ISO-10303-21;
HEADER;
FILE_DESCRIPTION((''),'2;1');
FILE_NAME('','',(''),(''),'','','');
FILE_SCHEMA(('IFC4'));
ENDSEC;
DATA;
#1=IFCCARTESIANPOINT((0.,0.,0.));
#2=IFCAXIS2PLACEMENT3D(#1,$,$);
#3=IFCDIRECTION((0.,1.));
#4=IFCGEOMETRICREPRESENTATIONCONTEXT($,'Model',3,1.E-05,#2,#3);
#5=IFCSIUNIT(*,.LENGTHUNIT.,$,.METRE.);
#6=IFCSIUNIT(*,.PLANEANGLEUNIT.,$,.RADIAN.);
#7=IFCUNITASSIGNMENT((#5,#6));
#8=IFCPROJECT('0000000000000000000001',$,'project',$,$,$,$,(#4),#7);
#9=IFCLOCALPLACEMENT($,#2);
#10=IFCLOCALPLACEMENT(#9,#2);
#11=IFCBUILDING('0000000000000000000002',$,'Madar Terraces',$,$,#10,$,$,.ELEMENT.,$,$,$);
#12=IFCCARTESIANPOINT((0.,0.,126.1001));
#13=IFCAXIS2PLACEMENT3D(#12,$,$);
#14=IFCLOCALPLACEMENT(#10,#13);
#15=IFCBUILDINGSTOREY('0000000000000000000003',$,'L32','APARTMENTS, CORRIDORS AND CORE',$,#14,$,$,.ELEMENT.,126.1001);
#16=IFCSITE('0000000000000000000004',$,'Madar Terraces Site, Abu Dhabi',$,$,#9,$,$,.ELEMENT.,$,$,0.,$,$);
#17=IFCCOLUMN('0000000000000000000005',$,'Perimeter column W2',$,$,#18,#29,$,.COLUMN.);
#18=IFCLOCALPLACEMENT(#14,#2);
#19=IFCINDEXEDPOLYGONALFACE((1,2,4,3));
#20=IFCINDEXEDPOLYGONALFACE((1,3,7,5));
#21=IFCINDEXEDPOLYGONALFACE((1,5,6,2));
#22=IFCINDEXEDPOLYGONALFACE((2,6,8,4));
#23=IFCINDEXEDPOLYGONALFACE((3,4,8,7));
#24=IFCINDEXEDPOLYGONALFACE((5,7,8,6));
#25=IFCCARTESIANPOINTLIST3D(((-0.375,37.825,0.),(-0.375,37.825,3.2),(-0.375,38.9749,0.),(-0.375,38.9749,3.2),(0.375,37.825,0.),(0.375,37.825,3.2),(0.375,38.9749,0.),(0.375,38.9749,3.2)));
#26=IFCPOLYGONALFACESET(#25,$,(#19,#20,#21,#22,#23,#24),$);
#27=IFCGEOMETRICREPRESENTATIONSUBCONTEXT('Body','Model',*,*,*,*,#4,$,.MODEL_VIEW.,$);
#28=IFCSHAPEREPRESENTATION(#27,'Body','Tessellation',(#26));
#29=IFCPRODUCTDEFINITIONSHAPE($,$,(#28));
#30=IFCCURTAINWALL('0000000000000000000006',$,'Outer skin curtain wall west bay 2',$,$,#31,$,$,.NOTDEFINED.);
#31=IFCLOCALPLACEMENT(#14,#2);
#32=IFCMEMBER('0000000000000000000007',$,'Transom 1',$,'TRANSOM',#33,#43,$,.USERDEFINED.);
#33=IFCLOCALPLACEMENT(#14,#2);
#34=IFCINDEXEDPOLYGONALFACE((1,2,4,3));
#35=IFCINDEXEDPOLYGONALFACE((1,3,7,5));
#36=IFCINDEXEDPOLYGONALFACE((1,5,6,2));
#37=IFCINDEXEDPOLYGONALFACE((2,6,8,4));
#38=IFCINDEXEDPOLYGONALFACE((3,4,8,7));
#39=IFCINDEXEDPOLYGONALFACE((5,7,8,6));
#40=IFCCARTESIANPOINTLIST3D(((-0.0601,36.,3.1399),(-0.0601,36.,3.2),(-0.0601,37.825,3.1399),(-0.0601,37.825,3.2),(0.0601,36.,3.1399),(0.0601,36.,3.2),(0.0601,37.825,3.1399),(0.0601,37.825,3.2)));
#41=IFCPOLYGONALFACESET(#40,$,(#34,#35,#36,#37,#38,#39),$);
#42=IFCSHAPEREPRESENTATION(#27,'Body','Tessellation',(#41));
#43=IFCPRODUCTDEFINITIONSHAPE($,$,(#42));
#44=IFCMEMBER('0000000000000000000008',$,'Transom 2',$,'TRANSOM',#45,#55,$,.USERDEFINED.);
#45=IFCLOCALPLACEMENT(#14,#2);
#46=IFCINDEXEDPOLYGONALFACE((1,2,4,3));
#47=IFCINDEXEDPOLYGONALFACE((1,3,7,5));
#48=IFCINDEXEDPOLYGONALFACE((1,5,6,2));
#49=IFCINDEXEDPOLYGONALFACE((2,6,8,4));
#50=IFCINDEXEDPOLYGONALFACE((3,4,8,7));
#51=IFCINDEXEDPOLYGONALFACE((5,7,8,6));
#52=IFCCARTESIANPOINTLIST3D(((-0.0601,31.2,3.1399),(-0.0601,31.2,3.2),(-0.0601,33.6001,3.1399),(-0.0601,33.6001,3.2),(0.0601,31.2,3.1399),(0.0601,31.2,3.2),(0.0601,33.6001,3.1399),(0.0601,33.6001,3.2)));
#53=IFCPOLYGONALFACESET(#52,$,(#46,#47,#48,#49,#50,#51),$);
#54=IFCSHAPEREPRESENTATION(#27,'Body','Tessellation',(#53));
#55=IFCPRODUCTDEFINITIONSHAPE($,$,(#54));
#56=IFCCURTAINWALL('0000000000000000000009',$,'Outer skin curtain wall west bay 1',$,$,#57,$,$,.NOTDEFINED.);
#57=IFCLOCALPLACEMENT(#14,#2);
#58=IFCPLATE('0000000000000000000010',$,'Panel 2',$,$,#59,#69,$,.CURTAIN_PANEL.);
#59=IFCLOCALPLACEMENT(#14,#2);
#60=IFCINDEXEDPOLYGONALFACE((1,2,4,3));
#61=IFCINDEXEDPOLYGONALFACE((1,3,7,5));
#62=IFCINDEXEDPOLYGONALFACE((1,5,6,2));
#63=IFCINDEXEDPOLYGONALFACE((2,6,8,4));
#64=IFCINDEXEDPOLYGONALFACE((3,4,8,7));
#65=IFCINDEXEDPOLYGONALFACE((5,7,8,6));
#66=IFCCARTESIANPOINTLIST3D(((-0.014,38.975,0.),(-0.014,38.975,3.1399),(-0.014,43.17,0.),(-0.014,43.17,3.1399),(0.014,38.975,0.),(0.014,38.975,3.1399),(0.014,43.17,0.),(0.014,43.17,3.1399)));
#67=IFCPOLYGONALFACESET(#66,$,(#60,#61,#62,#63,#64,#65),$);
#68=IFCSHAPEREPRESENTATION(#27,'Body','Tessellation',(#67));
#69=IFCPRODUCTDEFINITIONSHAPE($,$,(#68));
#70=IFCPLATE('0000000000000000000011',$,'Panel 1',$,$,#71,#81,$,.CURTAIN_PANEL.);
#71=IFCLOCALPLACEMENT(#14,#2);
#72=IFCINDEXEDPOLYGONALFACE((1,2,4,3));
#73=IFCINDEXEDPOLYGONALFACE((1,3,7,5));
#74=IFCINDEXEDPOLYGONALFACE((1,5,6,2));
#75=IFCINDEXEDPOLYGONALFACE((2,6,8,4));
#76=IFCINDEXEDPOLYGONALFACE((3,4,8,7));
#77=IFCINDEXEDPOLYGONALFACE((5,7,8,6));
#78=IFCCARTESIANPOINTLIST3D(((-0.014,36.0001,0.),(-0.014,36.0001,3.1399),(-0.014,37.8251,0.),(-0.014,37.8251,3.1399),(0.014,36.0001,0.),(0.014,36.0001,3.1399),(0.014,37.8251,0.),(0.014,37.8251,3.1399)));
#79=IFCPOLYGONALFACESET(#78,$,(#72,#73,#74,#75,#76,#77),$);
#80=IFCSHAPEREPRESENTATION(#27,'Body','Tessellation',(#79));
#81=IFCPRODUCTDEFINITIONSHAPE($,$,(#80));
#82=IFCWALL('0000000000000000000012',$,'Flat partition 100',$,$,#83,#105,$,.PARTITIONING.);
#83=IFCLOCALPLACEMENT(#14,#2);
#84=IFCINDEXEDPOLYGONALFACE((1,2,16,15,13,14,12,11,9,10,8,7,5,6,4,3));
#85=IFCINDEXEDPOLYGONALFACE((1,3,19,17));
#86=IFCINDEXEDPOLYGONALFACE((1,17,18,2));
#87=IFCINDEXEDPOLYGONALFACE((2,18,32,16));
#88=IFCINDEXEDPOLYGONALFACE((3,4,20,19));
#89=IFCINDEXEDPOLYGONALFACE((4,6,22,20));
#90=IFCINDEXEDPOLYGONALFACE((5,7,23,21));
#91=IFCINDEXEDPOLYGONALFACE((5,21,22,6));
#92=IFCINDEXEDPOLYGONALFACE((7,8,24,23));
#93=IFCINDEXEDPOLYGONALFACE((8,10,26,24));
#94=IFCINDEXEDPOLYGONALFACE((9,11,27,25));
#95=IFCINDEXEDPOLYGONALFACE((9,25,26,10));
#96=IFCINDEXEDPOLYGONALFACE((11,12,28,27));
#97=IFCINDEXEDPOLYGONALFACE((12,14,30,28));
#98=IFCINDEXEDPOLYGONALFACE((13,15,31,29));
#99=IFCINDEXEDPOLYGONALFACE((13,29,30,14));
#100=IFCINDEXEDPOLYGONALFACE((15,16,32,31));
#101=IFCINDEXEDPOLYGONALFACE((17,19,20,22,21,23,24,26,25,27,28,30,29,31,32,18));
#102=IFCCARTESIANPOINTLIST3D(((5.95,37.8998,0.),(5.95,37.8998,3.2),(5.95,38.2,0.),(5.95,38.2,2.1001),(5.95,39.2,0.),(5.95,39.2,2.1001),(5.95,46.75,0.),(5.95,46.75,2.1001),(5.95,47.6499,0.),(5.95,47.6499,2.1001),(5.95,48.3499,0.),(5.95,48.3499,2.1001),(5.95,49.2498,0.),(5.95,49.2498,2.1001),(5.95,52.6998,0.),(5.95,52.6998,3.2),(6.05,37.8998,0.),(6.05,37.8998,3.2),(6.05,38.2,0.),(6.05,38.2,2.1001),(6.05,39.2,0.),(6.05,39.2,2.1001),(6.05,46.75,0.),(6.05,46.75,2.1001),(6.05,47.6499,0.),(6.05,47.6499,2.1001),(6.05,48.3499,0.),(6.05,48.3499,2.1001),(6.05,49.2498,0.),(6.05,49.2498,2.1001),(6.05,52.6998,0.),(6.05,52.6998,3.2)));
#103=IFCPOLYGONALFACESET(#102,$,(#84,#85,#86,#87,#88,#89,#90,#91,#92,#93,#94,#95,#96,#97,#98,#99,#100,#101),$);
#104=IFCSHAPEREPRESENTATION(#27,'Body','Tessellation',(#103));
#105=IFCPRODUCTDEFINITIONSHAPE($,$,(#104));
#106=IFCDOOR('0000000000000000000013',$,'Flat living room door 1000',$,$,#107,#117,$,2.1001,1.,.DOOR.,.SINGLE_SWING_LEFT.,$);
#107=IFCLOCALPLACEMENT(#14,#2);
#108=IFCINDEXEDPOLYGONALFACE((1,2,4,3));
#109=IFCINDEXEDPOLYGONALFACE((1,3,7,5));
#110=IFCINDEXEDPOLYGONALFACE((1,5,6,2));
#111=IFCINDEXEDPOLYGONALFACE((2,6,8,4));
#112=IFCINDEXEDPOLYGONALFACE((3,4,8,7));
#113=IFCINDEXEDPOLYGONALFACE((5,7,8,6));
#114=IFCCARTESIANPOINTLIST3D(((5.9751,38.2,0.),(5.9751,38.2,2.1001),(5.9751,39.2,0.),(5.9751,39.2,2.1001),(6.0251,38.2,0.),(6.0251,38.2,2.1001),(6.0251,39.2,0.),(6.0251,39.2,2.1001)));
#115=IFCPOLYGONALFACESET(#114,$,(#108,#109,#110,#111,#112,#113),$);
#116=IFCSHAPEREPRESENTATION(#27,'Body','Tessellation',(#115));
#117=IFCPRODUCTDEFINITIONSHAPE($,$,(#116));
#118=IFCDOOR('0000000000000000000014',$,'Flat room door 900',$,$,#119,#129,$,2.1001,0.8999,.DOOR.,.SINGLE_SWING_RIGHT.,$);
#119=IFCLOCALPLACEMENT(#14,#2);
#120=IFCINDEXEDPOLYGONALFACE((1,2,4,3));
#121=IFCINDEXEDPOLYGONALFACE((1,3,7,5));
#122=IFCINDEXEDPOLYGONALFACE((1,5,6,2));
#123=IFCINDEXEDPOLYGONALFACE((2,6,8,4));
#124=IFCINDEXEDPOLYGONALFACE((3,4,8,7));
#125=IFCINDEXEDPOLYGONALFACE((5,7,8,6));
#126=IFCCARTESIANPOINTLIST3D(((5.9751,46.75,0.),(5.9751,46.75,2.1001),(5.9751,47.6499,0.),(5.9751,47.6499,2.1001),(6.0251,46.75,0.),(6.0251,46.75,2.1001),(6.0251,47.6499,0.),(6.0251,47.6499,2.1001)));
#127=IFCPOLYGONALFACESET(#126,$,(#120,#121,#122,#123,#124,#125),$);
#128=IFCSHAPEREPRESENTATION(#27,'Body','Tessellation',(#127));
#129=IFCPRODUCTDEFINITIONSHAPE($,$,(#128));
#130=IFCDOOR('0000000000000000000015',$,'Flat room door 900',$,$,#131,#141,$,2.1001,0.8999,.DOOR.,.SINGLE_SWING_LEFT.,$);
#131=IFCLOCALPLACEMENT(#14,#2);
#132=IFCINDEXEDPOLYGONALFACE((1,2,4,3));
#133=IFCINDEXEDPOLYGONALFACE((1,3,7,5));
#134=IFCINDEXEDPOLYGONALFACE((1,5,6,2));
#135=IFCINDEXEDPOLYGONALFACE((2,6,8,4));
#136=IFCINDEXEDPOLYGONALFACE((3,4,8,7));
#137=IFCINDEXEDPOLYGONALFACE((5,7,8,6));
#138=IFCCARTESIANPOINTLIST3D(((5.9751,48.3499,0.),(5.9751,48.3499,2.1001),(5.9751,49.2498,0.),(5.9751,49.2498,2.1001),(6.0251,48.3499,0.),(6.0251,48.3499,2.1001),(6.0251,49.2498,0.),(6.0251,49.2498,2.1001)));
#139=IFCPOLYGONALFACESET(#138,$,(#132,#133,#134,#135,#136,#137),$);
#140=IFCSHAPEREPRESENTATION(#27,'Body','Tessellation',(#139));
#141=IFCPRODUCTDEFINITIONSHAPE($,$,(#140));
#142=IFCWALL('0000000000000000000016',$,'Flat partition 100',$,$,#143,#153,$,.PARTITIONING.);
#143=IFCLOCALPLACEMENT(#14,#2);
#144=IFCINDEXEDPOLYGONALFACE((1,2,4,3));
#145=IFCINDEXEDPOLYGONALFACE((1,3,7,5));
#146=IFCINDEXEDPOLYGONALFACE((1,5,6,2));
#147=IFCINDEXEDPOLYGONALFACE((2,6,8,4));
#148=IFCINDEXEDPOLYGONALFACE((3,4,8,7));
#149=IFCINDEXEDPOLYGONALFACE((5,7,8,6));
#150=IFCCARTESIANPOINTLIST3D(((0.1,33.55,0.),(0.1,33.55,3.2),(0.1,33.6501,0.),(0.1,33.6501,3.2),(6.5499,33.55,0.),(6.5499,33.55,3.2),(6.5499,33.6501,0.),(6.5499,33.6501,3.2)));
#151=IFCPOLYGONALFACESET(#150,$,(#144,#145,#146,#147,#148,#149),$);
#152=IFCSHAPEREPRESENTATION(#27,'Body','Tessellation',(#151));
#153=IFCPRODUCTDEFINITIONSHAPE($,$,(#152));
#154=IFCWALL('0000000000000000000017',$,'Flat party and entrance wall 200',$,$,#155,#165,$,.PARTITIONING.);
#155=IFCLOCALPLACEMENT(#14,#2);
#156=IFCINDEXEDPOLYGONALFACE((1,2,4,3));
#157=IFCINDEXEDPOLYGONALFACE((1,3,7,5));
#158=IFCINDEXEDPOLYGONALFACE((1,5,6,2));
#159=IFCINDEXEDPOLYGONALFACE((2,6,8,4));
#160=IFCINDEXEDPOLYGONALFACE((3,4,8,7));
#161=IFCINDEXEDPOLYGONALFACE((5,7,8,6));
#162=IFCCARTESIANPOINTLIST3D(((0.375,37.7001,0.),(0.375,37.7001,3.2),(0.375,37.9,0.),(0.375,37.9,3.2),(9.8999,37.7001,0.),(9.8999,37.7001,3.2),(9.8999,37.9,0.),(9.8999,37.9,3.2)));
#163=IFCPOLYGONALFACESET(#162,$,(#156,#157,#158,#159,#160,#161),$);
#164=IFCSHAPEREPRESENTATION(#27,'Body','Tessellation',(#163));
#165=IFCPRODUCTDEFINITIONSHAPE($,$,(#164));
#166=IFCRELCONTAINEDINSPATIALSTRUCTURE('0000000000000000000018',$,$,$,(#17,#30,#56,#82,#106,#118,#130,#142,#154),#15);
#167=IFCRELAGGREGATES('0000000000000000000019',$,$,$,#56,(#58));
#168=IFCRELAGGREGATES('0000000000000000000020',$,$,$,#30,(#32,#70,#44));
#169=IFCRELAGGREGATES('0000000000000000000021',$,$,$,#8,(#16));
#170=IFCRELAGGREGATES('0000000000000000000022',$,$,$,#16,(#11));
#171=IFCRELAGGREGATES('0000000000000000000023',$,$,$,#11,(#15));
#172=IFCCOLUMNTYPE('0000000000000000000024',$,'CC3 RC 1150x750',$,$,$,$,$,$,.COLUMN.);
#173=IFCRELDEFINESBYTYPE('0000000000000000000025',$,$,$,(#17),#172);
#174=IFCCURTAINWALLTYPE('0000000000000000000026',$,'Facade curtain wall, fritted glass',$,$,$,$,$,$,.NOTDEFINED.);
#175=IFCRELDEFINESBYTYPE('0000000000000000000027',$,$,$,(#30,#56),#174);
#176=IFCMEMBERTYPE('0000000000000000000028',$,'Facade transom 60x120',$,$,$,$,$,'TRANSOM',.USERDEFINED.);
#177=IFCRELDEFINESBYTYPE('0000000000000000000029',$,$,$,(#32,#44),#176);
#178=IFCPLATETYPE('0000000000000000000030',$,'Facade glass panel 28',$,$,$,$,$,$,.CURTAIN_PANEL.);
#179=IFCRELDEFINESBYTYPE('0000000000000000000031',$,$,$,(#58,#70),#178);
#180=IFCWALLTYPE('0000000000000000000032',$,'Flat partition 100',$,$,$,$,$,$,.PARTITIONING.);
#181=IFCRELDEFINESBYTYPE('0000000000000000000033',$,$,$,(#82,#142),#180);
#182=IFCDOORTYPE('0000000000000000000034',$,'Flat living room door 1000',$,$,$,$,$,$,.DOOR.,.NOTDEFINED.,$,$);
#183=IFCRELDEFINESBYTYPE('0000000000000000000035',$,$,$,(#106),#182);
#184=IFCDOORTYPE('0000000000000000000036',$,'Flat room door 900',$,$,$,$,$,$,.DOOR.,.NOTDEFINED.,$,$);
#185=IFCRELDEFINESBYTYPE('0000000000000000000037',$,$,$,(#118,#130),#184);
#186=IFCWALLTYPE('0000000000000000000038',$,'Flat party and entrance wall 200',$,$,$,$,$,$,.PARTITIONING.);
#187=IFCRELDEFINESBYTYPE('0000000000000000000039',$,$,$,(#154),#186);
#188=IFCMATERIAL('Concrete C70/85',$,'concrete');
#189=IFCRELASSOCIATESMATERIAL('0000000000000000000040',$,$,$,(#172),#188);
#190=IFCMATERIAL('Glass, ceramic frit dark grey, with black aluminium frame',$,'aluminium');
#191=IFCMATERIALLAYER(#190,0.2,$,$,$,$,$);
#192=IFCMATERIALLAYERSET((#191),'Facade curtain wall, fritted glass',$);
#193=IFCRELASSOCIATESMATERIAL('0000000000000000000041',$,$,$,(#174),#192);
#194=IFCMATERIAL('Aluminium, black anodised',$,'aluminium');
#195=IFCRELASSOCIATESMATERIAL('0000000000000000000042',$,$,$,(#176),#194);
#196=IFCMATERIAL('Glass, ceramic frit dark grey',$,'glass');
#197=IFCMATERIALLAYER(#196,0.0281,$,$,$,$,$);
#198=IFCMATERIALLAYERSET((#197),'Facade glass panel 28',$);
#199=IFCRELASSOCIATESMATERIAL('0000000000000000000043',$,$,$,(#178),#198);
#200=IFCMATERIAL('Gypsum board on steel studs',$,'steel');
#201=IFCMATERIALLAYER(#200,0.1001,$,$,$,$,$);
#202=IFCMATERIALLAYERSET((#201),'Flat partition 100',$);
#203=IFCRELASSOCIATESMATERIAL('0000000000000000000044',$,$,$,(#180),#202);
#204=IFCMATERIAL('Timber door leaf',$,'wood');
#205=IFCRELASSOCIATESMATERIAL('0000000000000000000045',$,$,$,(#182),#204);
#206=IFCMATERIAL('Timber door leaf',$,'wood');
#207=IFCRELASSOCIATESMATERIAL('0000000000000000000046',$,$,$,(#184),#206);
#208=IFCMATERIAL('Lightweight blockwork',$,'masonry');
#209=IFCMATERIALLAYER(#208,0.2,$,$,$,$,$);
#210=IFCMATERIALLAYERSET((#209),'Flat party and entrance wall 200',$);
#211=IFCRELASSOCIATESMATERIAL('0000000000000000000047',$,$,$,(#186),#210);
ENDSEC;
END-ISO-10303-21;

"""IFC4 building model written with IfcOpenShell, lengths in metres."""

from ifc_helpers import new_model, si_unit, direction, frame, frame_2d, origin, origin_2d, place, context, subcontext, project, spatial, rectangle, extrude, material, layer, layer_set, material_profile, profile_set, type_object, element, fill, aggregate, save


model = new_model("IFC4")

# Units and contexts
model_context = context("Model", 3, precision=1e-05, world=origin(), true_north=direction((0.0, 1.0)))
body_context = subcontext(model_context, "Body", "Model", "MODEL_VIEW")
ifc_project = project(units=[si_unit("LENGTHUNIT", "METRE"), si_unit("PLANEANGLEUNIT", "RADIAN")], contexts=[model_context])

# Site, building, storey
site_placement = place(None, origin())
site = spatial("IfcSite", under=ifc_project, at=site_placement, Name="Madar Terraces Site, Abu Dhabi", CompositionType="ELEMENT", RefElevation=0.0)
building_placement = place(site_placement, origin())
building = spatial("IfcBuilding", under=site, at=building_placement, Name="Madar Terraces", CompositionType="ELEMENT")
storey_placement = place(building_placement, frame((0.0, 0.0, 126.1001)))
storey = spatial("IfcBuildingStorey", under=building, at=storey_placement, Name="L32", Description="APARTMENTS, CORRIDORS AND CORE", CompositionType="ELEMENT", Elevation=126.1001)

# Column
ifc_material_1 = material(Name="Concrete C70/85", Category="concrete")
ifc_material_profile_1 = material_profile(ifc_material_1, rectangle(XDim=1.1499, YDim=0.75, at=origin_2d()), Name="CC3 RC 1150x750")
ifc_profile_set_1 = profile_set([ifc_material_profile_1], Name="Concrete C70/85")
column_type = type_object("IfcColumnType", Name="CC3 RC 1150x750", PredefinedType="COLUMN", material=ifc_profile_set_1)
column_placement = place(storey_placement, frame((0.0, 38.3999, 0.0), z_axis=(0.0, 0.0, 1.0), x_axis=(0.0, 1.0, 0.0)))
element("IfcColumn", 1, at=column_placement, inside=storey, type_object=column_type, Name="Perimeter column W2", PredefinedType="COLUMN", context=body_context, shape_type="SweptSolid", body=[
    extrude(rectangle(XDim=1.1499, YDim=0.75, at=origin_2d()), origin(), (0.0, 0.0, 1.0), 3.2),
])

# Curtain wall, members
ifc_material_2 = material(Name="Glass, ceramic frit dark grey, with black aluminium frame", Category="aluminium")
ifc_layer_1 = layer(ifc_material_2, 0.2)
ifc_layer_set_1 = layer_set([ifc_layer_1], Name="Facade curtain wall, fritted glass")
curtain_wall_type = type_object("IfcCurtainWallType", Name="Facade curtain wall, fritted glass", PredefinedType="NOTDEFINED", material=ifc_layer_set_1)
curtain_wall_1_placement = place(storey_placement, origin())
curtain_wall_1 = element("IfcCurtainWall", 2, at=curtain_wall_1_placement, inside=storey, type_object=curtain_wall_type, Name="Outer skin curtain wall west bay 2", PredefinedType="NOTDEFINED")
ifc_material_3 = material(Name="Aluminium, black anodised", Category="aluminium")
ifc_material_profile_2 = material_profile(ifc_material_3, rectangle(XDim=0.1201, YDim=0.0601, at=origin_2d()), Name="Facade transom 60x120")
ifc_profile_set_2 = profile_set([ifc_material_profile_2], Name="Aluminium, black anodised")
member_type = type_object("IfcMemberType", Name="Facade transom 60x120", ElementType="TRANSOM", PredefinedType="USERDEFINED", material=ifc_profile_set_2)
member_1_placement = place(storey_placement, frame((0.0, 37.825, 3.1699), z_axis=(0.0, -1.0, 0.0), x_axis=(1.0, 0.0, 0.0)))
member_1 = element("IfcMember", 3, at=member_1_placement, type_object=member_type, Name="Transom 1", ObjectType="TRANSOM", PredefinedType="USERDEFINED", context=body_context, shape_type="SweptSolid", body=[
    extrude(rectangle(XDim=0.1201, YDim=0.0601, at=origin_2d()), origin(), (0.0, 0.0, 1.0), 1.825),
])
member_2_placement = place(storey_placement, frame((0.0, 33.6001, 3.1699), z_axis=(0.0, -1.0, 0.0), x_axis=(1.0, 0.0, 0.0)))
member_2 = element("IfcMember", 4, at=member_2_placement, type_object=member_type, Name="Transom 2", ObjectType="TRANSOM", PredefinedType="USERDEFINED", context=body_context, shape_type="SweptSolid", body=[
    extrude(rectangle(XDim=0.1201, YDim=0.0601, at=origin_2d()), origin(), (0.0, 0.0, 1.0), 2.4001),
])

# Curtain wall, plate
curtain_wall_2_placement = place(storey_placement, origin())
curtain_wall_2 = element("IfcCurtainWall", 5, at=curtain_wall_2_placement, inside=storey, type_object=curtain_wall_type, Name="Outer skin curtain wall west bay 1", PredefinedType="NOTDEFINED")
ifc_material_4 = material(Name="Glass, ceramic frit dark grey", Category="glass")
ifc_layer_2 = layer(ifc_material_4, 0.0281)
ifc_layer_set_2 = layer_set([ifc_layer_2], Name="Facade glass panel 28")
plate_type = type_object("IfcPlateType", Name="Facade glass panel 28", PredefinedType="CURTAIN_PANEL", material=ifc_layer_set_2)
plate_1_placement = place(storey_placement, frame((0.0, 41.0725, 0.0), z_axis=(0.0, 0.0, 1.0), x_axis=(0.0, -1.0, 0.0)))
plate_1 = element("IfcPlate", 6, at=plate_1_placement, type_object=plate_type, Name="Panel 2", PredefinedType="CURTAIN_PANEL", context=body_context, shape_type="SweptSolid", body=[
    extrude(rectangle(XDim=4.1951, YDim=0.0281, at=origin_2d()), origin(), (0.0, 0.0, 1.0), 3.1399),
])
aggregate(curtain_wall_2, [plate_1])

# Plate
plate_2_placement = place(storey_placement, frame((0.0, 36.9126, 0.0), z_axis=(0.0, 0.0, 1.0), x_axis=(0.0, -1.0, 0.0)))
plate_2 = element("IfcPlate", 7, at=plate_2_placement, type_object=plate_type, Name="Panel 1", PredefinedType="CURTAIN_PANEL", context=body_context, shape_type="SweptSolid", body=[
    extrude(rectangle(XDim=1.825, YDim=0.0281, at=origin_2d()), origin(), (0.0, 0.0, 1.0), 3.1399),
])
aggregate(curtain_wall_1, [member_1, plate_2, member_2])

# Wall, openings, doors
ifc_material_5 = material(Name="Gypsum board on steel studs", Category="steel")
ifc_layer_3 = layer(ifc_material_5, 0.1001)
ifc_layer_set_3 = layer_set([ifc_layer_3], Name="Flat partition 100")
wall_type_1 = type_object("IfcWallType", Name="Flat partition 100", PredefinedType="PARTITIONING", material=ifc_layer_set_3)
wall_1_placement = place(storey_placement, frame((6.0, 37.8999, 0.0), z_axis=(0.0, 0.0, 1.0), x_axis=(0.0, 1.0, 0.0)))
wall_1 = element("IfcWall", 8, at=wall_1_placement, inside=storey, type_object=wall_type_1, Name="Flat partition 100", PredefinedType="PARTITIONING", context=body_context, shape_type="SweptSolid", body=[
    extrude(rectangle(XDim=14.8, YDim=0.1001, at=frame_2d((7.3999, 0.0))), origin(), (0.0, 0.0, 1.0), 3.2),
])
opening_1_placement = place(wall_1_placement, frame((0.3, 0.0, 0.0)))
opening_1 = element("IfcOpeningElement", 9, at=opening_1_placement, cuts=wall_1, PredefinedType="OPENING", context=body_context, shape_type="SweptSolid", body=[
    extrude(rectangle(XDim=1.0, YDim=2.1001, at=frame_2d((0.5, 1.05))), frame((0.0, 0.0601, 0.0), z_axis=(0.0, -1.0, 0.0), x_axis=(1.0, 0.0, 0.0)), (0.0, 0.0, 1.0), 0.1201),
])
opening_2_placement = place(wall_1_placement, frame((8.8501, 0.0, 0.0)))
opening_2 = element("IfcOpeningElement", 10, at=opening_2_placement, cuts=wall_1, PredefinedType="OPENING", context=body_context, shape_type="SweptSolid", body=[
    extrude(rectangle(XDim=0.8999, YDim=2.1001, at=frame_2d((0.45, 1.05))), frame((0.0, 0.0601, 0.0), z_axis=(0.0, -1.0, 0.0), x_axis=(1.0, 0.0, 0.0)), (0.0, 0.0, 1.0), 0.1201),
])
opening_3_placement = place(wall_1_placement, frame((10.45, 0.0, 0.0)))
opening_3 = element("IfcOpeningElement", 11, at=opening_3_placement, cuts=wall_1, PredefinedType="OPENING", context=body_context, shape_type="SweptSolid", body=[
    extrude(rectangle(XDim=0.8999, YDim=2.1001, at=frame_2d((0.45, 1.05))), frame((0.0, 0.0601, 0.0), z_axis=(0.0, -1.0, 0.0), x_axis=(1.0, 0.0, 0.0)), (0.0, 0.0, 1.0), 0.1201),
])
ifc_material_6 = material(Name="Timber door leaf", Category="wood")
door_type_1 = type_object("IfcDoorType", Name="Flat living room door 1000", OperationType="NOTDEFINED", PredefinedType="DOOR", material=ifc_material_6)
door_1_placement = place(opening_1_placement, origin())
door_1 = element("IfcDoor", 12, at=door_1_placement, inside=storey, type_object=door_type_1, Name="Flat living room door 1000", OperationType="SINGLE_SWING_LEFT", OverallHeight=2.1001, OverallWidth=1.0, PredefinedType="DOOR", context=body_context, shape_type="SweptSolid", body=[
    extrude(rectangle(XDim=1.0, YDim=2.1001, at=frame_2d((0.5, 1.05))), frame((0.0, 0.0249, 0.0), z_axis=(0.0, -1.0, 0.0), x_axis=(1.0, 0.0, 0.0)), (0.0, 0.0, 1.0), 0.05),
])
fill(opening_1, door_1)
ifc_material_7 = material(Name="Timber door leaf", Category="wood")
door_type_2 = type_object("IfcDoorType", Name="Flat room door 900", OperationType="NOTDEFINED", PredefinedType="DOOR", material=ifc_material_7)
door_2_placement = place(opening_2_placement, origin())
door_2 = element("IfcDoor", 13, at=door_2_placement, inside=storey, type_object=door_type_2, Name="Flat room door 900", OperationType="SINGLE_SWING_RIGHT", OverallHeight=2.1001, OverallWidth=0.8999, PredefinedType="DOOR", context=body_context, shape_type="SweptSolid", body=[
    extrude(rectangle(XDim=0.8999, YDim=2.1001, at=frame_2d((0.45, 1.05))), frame((0.0, 0.0249, 0.0), z_axis=(0.0, -1.0, 0.0), x_axis=(1.0, 0.0, 0.0)), (0.0, 0.0, 1.0), 0.05),
])
fill(opening_2, door_2)
door_3_placement = place(opening_3_placement, origin())
door_3 = element("IfcDoor", 14, at=door_3_placement, inside=storey, type_object=door_type_2, Name="Flat room door 900", OperationType="SINGLE_SWING_LEFT", OverallHeight=2.1001, OverallWidth=0.8999, PredefinedType="DOOR", context=body_context, shape_type="SweptSolid", body=[
    extrude(rectangle(XDim=0.8999, YDim=2.1001, at=frame_2d((0.45, 1.05))), frame((0.0, 0.0249, 0.0), z_axis=(0.0, -1.0, 0.0), x_axis=(1.0, 0.0, 0.0)), (0.0, 0.0, 1.0), 0.05),
])
fill(opening_3, door_3)

# Walls
wall_2_placement = place(storey_placement, frame((6.55, 33.6001, 0.0), z_axis=(0.0, 0.0, 1.0), x_axis=(-1.0, 0.0, 0.0)))
element("IfcWall", 15, at=wall_2_placement, inside=storey, type_object=wall_type_1, Name="Flat partition 100", PredefinedType="PARTITIONING", context=body_context, shape_type="SweptSolid", body=[
    extrude(rectangle(XDim=6.45, YDim=0.1001, at=frame_2d((3.2251, 0.0))), origin(), (0.0, 0.0, 1.0), 3.2),
])
ifc_material_8 = material(Name="Lightweight blockwork", Category="masonry")
ifc_layer_4 = layer(ifc_material_8, 0.2)
ifc_layer_set_4 = layer_set([ifc_layer_4], Name="Flat party and entrance wall 200")
wall_type_2 = type_object("IfcWallType", Name="Flat party and entrance wall 200", PredefinedType="PARTITIONING", material=ifc_layer_set_4)
wall_3_placement = place(storey_placement, frame((0.375, 37.8, 0.0), z_axis=(0.0, 0.0, 1.0), x_axis=(1.0, 0.0, 0.0)))
element("IfcWall", 16, at=wall_3_placement, inside=storey, type_object=wall_type_2, Name="Flat party and entrance wall 200", PredefinedType="PARTITIONING", context=body_context, shape_type="SweptSolid", body=[
    extrude(rectangle(XDim=9.5249, YDim=0.2, at=frame_2d((4.7625, 0.0))), origin(), (0.0, 0.0, 1.0), 3.2),
])

save(model, "model.ifc")
